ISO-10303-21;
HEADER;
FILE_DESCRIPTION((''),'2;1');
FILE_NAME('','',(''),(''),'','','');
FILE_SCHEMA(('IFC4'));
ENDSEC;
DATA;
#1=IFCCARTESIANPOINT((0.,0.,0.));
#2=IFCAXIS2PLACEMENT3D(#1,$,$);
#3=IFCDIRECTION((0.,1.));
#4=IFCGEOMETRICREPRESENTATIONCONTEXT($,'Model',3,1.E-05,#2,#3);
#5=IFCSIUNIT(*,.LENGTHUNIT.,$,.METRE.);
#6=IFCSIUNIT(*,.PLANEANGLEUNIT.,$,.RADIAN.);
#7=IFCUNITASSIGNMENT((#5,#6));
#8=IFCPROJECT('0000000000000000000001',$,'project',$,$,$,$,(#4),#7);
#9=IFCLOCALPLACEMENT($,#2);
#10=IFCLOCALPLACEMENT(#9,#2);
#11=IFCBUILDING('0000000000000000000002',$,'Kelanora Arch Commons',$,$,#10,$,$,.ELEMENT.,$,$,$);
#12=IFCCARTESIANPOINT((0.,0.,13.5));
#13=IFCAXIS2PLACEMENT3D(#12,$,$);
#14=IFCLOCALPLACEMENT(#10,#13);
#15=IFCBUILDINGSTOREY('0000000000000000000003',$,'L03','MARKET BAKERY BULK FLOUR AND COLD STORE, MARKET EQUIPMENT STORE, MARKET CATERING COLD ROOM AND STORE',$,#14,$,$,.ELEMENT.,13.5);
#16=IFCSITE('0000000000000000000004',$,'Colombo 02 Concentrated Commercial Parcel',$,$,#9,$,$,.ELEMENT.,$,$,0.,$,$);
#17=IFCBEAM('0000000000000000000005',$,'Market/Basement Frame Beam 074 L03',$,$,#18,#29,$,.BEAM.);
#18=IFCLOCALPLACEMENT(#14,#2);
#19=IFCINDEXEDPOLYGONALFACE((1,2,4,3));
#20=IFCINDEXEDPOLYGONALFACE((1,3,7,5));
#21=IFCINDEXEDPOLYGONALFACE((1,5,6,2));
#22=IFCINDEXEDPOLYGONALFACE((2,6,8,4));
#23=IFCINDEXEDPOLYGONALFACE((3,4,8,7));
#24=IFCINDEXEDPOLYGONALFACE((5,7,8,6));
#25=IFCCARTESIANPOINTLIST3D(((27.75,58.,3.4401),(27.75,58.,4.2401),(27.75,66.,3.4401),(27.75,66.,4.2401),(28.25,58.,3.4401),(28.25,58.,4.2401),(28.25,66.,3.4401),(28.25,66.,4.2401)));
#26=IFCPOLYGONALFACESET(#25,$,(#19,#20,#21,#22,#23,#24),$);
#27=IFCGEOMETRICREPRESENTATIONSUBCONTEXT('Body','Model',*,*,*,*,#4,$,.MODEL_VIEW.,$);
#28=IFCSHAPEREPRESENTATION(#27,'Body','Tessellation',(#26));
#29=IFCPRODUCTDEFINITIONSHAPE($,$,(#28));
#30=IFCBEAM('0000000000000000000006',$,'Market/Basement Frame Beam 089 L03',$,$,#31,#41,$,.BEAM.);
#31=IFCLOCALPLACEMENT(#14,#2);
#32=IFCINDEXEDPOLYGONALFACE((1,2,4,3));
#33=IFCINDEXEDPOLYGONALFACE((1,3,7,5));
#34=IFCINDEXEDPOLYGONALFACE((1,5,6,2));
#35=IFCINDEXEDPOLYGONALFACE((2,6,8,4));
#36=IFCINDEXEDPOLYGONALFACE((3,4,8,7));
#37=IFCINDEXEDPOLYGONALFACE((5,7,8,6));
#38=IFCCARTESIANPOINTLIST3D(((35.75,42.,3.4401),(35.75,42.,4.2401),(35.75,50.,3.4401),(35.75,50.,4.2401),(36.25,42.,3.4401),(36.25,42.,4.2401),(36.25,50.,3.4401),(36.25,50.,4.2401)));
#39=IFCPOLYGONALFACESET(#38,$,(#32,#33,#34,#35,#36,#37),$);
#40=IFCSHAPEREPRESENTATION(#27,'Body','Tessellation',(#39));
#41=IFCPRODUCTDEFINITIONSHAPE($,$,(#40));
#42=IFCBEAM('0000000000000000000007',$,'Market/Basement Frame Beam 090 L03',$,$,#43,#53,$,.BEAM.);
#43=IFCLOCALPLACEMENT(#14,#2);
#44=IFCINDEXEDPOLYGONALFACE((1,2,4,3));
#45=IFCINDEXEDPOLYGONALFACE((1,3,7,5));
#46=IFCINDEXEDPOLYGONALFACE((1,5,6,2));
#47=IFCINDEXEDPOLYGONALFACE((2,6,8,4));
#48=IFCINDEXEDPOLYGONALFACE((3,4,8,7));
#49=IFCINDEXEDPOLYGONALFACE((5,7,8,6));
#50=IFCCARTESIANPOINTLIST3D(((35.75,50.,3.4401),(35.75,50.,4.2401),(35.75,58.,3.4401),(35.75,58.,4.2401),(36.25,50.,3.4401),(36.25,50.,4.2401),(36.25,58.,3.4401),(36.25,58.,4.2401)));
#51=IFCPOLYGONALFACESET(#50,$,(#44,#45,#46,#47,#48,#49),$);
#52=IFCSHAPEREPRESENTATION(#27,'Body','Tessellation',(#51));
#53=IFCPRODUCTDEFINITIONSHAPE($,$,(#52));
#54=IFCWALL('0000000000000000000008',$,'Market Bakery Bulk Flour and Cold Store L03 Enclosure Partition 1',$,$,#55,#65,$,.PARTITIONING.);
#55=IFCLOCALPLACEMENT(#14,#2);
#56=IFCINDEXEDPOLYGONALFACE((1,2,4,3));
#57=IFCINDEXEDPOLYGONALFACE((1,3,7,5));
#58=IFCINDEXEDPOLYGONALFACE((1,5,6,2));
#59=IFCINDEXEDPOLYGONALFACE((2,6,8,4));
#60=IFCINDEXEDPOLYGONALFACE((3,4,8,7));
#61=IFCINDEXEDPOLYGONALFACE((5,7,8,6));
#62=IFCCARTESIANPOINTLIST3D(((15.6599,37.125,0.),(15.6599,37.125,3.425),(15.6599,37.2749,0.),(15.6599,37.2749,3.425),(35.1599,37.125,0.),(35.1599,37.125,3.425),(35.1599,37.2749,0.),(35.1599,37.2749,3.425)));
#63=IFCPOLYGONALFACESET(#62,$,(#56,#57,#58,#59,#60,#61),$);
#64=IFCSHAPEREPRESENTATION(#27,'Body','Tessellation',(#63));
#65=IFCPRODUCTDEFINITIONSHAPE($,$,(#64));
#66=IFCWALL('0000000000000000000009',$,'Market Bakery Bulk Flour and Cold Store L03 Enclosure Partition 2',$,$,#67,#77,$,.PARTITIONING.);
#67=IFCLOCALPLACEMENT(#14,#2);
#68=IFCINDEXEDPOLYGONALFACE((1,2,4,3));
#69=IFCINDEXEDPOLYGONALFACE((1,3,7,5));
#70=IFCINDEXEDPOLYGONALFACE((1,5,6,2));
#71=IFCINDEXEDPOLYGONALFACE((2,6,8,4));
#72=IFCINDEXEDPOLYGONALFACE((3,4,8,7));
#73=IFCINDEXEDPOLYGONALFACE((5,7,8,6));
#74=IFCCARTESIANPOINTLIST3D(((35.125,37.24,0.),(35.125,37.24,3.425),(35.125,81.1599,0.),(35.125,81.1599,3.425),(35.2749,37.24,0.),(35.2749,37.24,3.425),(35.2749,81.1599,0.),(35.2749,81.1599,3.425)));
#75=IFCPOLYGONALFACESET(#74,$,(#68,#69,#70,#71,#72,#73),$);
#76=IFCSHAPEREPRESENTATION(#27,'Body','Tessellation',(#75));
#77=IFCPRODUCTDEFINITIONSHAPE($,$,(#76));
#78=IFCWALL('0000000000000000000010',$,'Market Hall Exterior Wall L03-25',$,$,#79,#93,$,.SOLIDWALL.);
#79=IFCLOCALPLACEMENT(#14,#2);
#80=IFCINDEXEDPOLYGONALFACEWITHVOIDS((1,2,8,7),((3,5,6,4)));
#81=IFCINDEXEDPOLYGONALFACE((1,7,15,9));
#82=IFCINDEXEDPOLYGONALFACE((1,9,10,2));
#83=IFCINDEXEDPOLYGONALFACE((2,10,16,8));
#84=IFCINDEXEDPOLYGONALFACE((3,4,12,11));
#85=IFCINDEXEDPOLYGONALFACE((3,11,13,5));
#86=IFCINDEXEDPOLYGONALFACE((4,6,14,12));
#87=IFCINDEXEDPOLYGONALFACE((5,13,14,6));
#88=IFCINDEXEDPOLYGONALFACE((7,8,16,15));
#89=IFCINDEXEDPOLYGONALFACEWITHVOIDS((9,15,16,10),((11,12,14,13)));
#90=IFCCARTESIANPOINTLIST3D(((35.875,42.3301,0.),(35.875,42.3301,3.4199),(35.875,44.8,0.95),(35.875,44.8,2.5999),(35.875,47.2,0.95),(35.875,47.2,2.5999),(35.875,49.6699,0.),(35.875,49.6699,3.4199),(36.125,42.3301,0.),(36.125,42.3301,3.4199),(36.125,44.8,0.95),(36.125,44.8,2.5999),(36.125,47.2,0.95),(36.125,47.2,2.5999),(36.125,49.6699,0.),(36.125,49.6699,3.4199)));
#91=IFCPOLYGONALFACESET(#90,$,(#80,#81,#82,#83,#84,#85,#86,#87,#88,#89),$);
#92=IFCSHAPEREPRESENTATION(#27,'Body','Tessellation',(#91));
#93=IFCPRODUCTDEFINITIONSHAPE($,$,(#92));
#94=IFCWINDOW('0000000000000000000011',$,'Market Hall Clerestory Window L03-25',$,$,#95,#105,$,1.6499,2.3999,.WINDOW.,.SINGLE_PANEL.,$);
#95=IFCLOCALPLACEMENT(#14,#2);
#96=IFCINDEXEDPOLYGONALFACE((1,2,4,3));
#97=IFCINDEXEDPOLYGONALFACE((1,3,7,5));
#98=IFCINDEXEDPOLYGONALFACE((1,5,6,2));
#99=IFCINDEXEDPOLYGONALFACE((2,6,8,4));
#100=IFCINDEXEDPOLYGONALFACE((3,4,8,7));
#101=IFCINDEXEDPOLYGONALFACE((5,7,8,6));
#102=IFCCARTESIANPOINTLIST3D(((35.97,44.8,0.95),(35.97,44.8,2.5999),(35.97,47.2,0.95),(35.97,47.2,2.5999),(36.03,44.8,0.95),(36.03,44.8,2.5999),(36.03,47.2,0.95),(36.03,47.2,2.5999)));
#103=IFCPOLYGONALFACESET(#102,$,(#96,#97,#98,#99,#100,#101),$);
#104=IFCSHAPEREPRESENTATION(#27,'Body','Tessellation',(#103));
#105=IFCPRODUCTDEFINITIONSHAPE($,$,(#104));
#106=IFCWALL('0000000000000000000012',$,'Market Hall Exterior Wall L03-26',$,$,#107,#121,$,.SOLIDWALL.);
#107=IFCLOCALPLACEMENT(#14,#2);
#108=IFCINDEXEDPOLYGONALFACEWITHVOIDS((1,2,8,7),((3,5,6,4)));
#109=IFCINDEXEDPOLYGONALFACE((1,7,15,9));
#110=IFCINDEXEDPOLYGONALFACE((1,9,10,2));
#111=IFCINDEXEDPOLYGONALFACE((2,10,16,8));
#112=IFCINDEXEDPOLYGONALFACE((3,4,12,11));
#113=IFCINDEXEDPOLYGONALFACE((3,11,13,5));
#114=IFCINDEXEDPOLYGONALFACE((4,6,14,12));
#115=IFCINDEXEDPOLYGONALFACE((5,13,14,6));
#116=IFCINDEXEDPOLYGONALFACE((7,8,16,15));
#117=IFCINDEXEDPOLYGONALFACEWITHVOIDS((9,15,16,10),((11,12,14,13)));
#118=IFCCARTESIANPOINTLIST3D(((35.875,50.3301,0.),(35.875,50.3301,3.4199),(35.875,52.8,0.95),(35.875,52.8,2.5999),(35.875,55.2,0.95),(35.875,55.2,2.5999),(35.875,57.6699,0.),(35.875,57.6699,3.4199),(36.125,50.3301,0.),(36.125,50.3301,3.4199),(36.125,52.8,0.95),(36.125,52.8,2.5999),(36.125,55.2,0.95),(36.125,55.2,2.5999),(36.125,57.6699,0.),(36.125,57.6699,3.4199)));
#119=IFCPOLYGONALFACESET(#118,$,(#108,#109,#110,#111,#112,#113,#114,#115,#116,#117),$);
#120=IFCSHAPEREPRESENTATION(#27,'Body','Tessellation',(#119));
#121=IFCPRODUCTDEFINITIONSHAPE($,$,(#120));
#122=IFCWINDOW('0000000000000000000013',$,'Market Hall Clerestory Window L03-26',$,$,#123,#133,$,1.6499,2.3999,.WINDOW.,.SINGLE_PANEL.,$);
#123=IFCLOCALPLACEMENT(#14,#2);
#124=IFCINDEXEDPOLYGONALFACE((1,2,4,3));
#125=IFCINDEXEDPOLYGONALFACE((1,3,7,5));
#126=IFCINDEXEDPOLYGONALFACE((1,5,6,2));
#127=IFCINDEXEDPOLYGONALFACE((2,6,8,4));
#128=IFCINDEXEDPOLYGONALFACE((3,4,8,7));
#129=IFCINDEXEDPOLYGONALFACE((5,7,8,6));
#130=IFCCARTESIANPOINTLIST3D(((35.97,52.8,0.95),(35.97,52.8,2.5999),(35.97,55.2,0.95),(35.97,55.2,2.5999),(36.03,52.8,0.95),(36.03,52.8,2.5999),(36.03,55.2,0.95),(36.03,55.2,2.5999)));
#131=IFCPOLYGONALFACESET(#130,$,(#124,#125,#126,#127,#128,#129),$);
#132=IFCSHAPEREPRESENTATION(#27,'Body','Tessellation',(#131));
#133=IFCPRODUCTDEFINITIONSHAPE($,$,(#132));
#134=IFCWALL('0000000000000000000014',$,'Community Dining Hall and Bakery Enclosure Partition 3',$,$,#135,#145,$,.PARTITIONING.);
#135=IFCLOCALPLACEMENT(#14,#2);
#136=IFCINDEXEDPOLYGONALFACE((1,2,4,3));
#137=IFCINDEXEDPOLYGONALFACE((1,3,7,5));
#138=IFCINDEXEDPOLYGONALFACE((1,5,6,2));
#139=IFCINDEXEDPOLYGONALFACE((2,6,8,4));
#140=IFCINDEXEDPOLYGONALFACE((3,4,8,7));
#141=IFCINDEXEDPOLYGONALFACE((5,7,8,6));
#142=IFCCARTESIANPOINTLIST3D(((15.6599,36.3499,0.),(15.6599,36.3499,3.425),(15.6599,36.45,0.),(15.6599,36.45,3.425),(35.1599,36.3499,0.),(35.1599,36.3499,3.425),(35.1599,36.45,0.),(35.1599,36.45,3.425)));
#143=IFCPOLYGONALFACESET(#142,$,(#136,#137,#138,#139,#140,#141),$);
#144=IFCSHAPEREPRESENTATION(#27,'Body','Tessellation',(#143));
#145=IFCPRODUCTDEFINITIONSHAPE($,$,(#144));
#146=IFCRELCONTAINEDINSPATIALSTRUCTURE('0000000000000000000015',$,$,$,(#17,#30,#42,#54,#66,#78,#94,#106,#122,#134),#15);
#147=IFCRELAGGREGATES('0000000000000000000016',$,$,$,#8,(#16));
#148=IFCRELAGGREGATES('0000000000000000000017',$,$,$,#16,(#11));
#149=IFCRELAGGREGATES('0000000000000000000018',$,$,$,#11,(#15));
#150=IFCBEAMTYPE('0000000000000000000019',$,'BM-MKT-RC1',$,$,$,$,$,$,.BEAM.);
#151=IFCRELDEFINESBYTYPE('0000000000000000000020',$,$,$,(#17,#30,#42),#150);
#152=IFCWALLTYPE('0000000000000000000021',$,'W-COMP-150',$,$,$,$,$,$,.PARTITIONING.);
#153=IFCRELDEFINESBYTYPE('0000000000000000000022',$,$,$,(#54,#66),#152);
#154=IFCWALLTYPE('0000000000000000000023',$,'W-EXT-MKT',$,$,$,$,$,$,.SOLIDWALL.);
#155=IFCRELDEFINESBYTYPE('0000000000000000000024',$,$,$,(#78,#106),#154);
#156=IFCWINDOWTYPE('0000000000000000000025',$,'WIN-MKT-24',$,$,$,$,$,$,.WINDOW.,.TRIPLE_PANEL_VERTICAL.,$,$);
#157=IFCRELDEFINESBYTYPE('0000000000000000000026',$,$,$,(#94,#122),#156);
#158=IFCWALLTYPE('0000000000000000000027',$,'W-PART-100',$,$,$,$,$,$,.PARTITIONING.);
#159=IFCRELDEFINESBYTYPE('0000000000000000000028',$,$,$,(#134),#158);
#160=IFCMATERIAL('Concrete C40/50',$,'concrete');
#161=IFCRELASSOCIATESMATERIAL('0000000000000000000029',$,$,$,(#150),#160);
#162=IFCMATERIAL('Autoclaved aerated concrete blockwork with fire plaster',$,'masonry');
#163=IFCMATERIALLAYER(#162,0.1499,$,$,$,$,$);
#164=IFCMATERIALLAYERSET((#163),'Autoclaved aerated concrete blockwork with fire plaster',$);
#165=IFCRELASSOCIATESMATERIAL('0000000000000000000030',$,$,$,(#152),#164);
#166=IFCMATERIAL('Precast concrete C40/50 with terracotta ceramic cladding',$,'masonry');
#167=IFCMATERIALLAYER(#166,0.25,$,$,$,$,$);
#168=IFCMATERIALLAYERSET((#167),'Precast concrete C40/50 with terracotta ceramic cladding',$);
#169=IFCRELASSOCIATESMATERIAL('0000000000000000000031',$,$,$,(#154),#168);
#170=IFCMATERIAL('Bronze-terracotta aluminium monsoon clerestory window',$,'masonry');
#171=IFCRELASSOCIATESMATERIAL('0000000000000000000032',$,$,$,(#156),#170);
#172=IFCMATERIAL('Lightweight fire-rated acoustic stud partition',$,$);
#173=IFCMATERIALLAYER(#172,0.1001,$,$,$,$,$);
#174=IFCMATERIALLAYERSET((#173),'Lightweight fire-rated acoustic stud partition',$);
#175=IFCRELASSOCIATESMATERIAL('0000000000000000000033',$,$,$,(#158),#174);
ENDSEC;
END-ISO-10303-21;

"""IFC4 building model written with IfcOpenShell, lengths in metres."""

from ifc_helpers import new_model, si_unit, direction, frame, frame_2d, origin, origin_2d, place, context, subcontext, project, spatial, rectangle, extrude, material, layer, layer_set, material_profile, profile_set, type_object, element, fill, save


model = new_model("IFC4")

# Units and contexts
model_context = context("Model", 3, precision=1e-05, world=origin(), true_north=direction((0.0, 1.0)))
body_context = subcontext(model_context, "Body", "Model", "MODEL_VIEW")
ifc_project = project(units=[si_unit("LENGTHUNIT", "METRE"), si_unit("PLANEANGLEUNIT", "RADIAN")], contexts=[model_context])

# Site, building, storey
site_placement = place(None, origin())
site = spatial("IfcSite", under=ifc_project, at=site_placement, Name="Colombo 02 Concentrated Commercial Parcel", CompositionType="ELEMENT", RefElevation=0.0)
building_placement = place(site_placement, origin())
building = spatial("IfcBuilding", under=site, at=building_placement, Name="Kelanora Arch Commons", CompositionType="ELEMENT")
storey_placement = place(building_placement, frame((0.0, 0.0, 13.5)))
storey = spatial("IfcBuildingStorey", under=building, at=storey_placement, Name="L03", Description="MARKET BAKERY BULK FLOUR AND COLD STORE, MARKET EQUIPMENT STORE, MARKET CATERING COLD ROOM AND STORE", CompositionType="ELEMENT", Elevation=13.5)

# Beams
ifc_material_1 = material(Name="Concrete C40/50", Category="concrete")
ifc_material_profile_1 = material_profile(ifc_material_1, rectangle(XDim=0.5, YDim=0.8, at=origin_2d()), Name="RCB500x800")
ifc_profile_set_1 = profile_set([ifc_material_profile_1], Name="Concrete C40/50")
beam_type = type_object("IfcBeamType", Name="BM-MKT-RC1", PredefinedType="BEAM", material=ifc_profile_set_1)
for number, where, z_axis, x_axis, name in (
    (1, (28.0, 58.0, 3.8401), (0.0, 1.0, 0.0), (-1.0, 0.0, 0.0), "Market/Basement Frame Beam 074 L03"),
    (2, (36.0, 42.0, 3.8401), (0.0, 1.0, 0.0), (-1.0, 0.0, 0.0), "Market/Basement Frame Beam 089 L03"),
    (3, (36.0, 50.0, 3.8401), (0.0, 1.0, 0.0), (-1.0, 0.0, 0.0), "Market/Basement Frame Beam 090 L03"),
):
    element("IfcBeam", number, at=place(storey_placement, frame(where, z_axis=z_axis, x_axis=x_axis)), inside=storey, type_object=beam_type, Name=name, PredefinedType="BEAM", context=body_context, shape_type="SweptSolid", body=[
        extrude(rectangle(XDim=0.5, YDim=0.8, at=origin_2d()), origin(), (0.0, 0.0, 1.0), 8.0),
    ])

# Walls
ifc_material_2 = material(Name="Autoclaved aerated concrete blockwork with fire plaster", Category="masonry")
ifc_layer_1 = layer(ifc_material_2, 0.1499)
ifc_layer_set_1 = layer_set([ifc_layer_1], Name="Autoclaved aerated concrete blockwork with fire plaster")
wall_type_1 = type_object("IfcWallType", Name="W-COMP-150", PredefinedType="PARTITIONING", material=ifc_layer_set_1)
wall_1_placement = place(storey_placement, frame((15.6599, 37.2, 0.0), z_axis=(0.0, 0.0, 1.0), x_axis=(1.0, 0.0, 0.0)))
element("IfcWall", 4, at=wall_1_placement, inside=storey, type_object=wall_type_1, Name="Market Bakery Bulk Flour and Cold Store L03 Enclosure Partition 1", PredefinedType="PARTITIONING", context=body_context, shape_type="SweptSolid", body=[
    extrude(rectangle(XDim=19.5, YDim=0.1499, at=frame_2d((9.75, 0.0))), origin(), (0.0, 0.0, 1.0), 3.425),
])
wall_2_placement = place(storey_placement, frame((35.2, 37.24, 0.0), z_axis=(0.0, 0.0, 1.0), x_axis=(0.0, 1.0, 0.0)))
element("IfcWall", 5, at=wall_2_placement, inside=storey, type_object=wall_type_1, Name="Market Bakery Bulk Flour and Cold Store L03 Enclosure Partition 2", PredefinedType="PARTITIONING", context=body_context, shape_type="SweptSolid", body=[
    extrude(rectangle(XDim=43.9199, YDim=0.1499, at=frame_2d((21.96, 0.0))), origin(), (0.0, 0.0, 1.0), 3.425),
])

# Walls, openings, windows
ifc_material_3 = material(Name="Precast concrete C40/50 with terracotta ceramic cladding", Category="masonry")
ifc_layer_2 = layer(ifc_material_3, 0.25)
ifc_layer_set_2 = layer_set([ifc_layer_2], Name="Precast concrete C40/50 with terracotta ceramic cladding")
wall_type_2 = type_object("IfcWallType", Name="W-EXT-MKT", PredefinedType="SOLIDWALL", material=ifc_layer_set_2)
wall_3_placement = place(storey_placement, frame((36.0, 42.3301, 0.0), z_axis=(0.0, 0.0, 1.0), x_axis=(0.0, 1.0, 0.0)))
wall_3 = element("IfcWall", 6, at=wall_3_placement, inside=storey, type_object=wall_type_2, Name="Market Hall Exterior Wall L03-25", PredefinedType="SOLIDWALL", context=body_context, shape_type="SweptSolid", body=[
    extrude(rectangle(XDim=7.3398, YDim=0.25, at=frame_2d((3.6699, 0.0))), origin(), (0.0, 0.0, 1.0), 3.4199),
])
opening_1_placement = place(wall_3_placement, frame((2.47, 0.0, 0.95)))
opening_1 = element("IfcOpeningElement", 7, at=opening_1_placement, cuts=wall_3, PredefinedType="OPENING", context=body_context, shape_type="SweptSolid", body=[
    extrude(rectangle(XDim=2.3999, YDim=1.6499, at=frame_2d((1.2, 0.825))), frame((0.0, 0.135, 0.0), z_axis=(0.0, -1.0, 0.0), x_axis=(1.0, 0.0, 0.0)), (0.0, 0.0, 1.0), 0.27),
])
ifc_material_4 = material(Name="Bronze-terracotta aluminium monsoon clerestory window", Category="masonry")
window_type = type_object("IfcWindowType", Name="WIN-MKT-24", PartitioningType="TRIPLE_PANEL_VERTICAL", PredefinedType="WINDOW", material=ifc_material_4)
window_1_placement = place(opening_1_placement, origin())
window_1 = element("IfcWindow", 8, at=window_1_placement, inside=storey, type_object=window_type, Name="Market Hall Clerestory Window L03-25", OverallHeight=1.6499, OverallWidth=2.3999, PartitioningType="SINGLE_PANEL", PredefinedType="WINDOW", context=body_context, shape_type="SweptSolid", body=[
    extrude(rectangle(XDim=2.3999, YDim=1.6499, at=frame_2d((1.2, 0.825))), frame((0.0, 0.03, 0.0), z_axis=(0.0, -1.0, 0.0), x_axis=(1.0, 0.0, 0.0)), (0.0, 0.0, 1.0), 0.0601),
])
fill(opening_1, window_1)
wall_4_placement = place(storey_placement, frame((36.0, 50.3301, 0.0), z_axis=(0.0, 0.0, 1.0), x_axis=(0.0, 1.0, 0.0)))
wall_4 = element("IfcWall", 9, at=wall_4_placement, inside=storey, type_object=wall_type_2, Name="Market Hall Exterior Wall L03-26", PredefinedType="SOLIDWALL", context=body_context, shape_type="SweptSolid", body=[
    extrude(rectangle(XDim=7.3398, YDim=0.25, at=frame_2d((3.6699, 0.0))), origin(), (0.0, 0.0, 1.0), 3.4199),
])
opening_2_placement = place(wall_4_placement, frame((2.47, 0.0, 0.95)))
opening_2 = element("IfcOpeningElement", 10, at=opening_2_placement, cuts=wall_4, PredefinedType="OPENING", context=body_context, shape_type="SweptSolid", body=[
    extrude(rectangle(XDim=2.3999, YDim=1.6499, at=frame_2d((1.2, 0.825))), frame((0.0, 0.135, 0.0), z_axis=(0.0, -1.0, 0.0), x_axis=(1.0, 0.0, 0.0)), (0.0, 0.0, 1.0), 0.27),
])
window_2_placement = place(opening_2_placement, origin())
window_2 = element("IfcWindow", 11, at=window_2_placement, inside=storey, type_object=window_type, Name="Market Hall Clerestory Window L03-26", OverallHeight=1.6499, OverallWidth=2.3999, PartitioningType="SINGLE_PANEL", PredefinedType="WINDOW", context=body_context, shape_type="SweptSolid", body=[
    extrude(rectangle(XDim=2.3999, YDim=1.6499, at=frame_2d((1.2, 0.825))), frame((0.0, 0.03, 0.0), z_axis=(0.0, -1.0, 0.0), x_axis=(1.0, 0.0, 0.0)), (0.0, 0.0, 1.0), 0.0601),
])
fill(opening_2, window_2)

# Wall
ifc_material_5 = material(Name="Lightweight fire-rated acoustic stud partition")
ifc_layer_3 = layer(ifc_material_5, 0.1001)
ifc_layer_set_3 = layer_set([ifc_layer_3], Name="Lightweight fire-rated acoustic stud partition")
wall_type_3 = type_object("IfcWallType", Name="W-PART-100", PredefinedType="PARTITIONING", material=ifc_layer_set_3)
wall_5_placement = place(storey_placement, frame((35.1599, 36.3999, 0.0), z_axis=(0.0, 0.0, 1.0), x_axis=(-1.0, 0.0, 0.0)))
element("IfcWall", 12, at=wall_5_placement, inside=storey, type_object=wall_type_3, Name="Community Dining Hall and Bakery Enclosure Partition 3", PredefinedType="PARTITIONING", context=body_context, shape_type="SweptSolid", body=[
    extrude(rectangle(XDim=19.5, YDim=0.1001, at=frame_2d((9.75, 0.0))), origin(), (0.0, 0.0, 1.0), 3.425),
])

save(model, "model.ifc")
